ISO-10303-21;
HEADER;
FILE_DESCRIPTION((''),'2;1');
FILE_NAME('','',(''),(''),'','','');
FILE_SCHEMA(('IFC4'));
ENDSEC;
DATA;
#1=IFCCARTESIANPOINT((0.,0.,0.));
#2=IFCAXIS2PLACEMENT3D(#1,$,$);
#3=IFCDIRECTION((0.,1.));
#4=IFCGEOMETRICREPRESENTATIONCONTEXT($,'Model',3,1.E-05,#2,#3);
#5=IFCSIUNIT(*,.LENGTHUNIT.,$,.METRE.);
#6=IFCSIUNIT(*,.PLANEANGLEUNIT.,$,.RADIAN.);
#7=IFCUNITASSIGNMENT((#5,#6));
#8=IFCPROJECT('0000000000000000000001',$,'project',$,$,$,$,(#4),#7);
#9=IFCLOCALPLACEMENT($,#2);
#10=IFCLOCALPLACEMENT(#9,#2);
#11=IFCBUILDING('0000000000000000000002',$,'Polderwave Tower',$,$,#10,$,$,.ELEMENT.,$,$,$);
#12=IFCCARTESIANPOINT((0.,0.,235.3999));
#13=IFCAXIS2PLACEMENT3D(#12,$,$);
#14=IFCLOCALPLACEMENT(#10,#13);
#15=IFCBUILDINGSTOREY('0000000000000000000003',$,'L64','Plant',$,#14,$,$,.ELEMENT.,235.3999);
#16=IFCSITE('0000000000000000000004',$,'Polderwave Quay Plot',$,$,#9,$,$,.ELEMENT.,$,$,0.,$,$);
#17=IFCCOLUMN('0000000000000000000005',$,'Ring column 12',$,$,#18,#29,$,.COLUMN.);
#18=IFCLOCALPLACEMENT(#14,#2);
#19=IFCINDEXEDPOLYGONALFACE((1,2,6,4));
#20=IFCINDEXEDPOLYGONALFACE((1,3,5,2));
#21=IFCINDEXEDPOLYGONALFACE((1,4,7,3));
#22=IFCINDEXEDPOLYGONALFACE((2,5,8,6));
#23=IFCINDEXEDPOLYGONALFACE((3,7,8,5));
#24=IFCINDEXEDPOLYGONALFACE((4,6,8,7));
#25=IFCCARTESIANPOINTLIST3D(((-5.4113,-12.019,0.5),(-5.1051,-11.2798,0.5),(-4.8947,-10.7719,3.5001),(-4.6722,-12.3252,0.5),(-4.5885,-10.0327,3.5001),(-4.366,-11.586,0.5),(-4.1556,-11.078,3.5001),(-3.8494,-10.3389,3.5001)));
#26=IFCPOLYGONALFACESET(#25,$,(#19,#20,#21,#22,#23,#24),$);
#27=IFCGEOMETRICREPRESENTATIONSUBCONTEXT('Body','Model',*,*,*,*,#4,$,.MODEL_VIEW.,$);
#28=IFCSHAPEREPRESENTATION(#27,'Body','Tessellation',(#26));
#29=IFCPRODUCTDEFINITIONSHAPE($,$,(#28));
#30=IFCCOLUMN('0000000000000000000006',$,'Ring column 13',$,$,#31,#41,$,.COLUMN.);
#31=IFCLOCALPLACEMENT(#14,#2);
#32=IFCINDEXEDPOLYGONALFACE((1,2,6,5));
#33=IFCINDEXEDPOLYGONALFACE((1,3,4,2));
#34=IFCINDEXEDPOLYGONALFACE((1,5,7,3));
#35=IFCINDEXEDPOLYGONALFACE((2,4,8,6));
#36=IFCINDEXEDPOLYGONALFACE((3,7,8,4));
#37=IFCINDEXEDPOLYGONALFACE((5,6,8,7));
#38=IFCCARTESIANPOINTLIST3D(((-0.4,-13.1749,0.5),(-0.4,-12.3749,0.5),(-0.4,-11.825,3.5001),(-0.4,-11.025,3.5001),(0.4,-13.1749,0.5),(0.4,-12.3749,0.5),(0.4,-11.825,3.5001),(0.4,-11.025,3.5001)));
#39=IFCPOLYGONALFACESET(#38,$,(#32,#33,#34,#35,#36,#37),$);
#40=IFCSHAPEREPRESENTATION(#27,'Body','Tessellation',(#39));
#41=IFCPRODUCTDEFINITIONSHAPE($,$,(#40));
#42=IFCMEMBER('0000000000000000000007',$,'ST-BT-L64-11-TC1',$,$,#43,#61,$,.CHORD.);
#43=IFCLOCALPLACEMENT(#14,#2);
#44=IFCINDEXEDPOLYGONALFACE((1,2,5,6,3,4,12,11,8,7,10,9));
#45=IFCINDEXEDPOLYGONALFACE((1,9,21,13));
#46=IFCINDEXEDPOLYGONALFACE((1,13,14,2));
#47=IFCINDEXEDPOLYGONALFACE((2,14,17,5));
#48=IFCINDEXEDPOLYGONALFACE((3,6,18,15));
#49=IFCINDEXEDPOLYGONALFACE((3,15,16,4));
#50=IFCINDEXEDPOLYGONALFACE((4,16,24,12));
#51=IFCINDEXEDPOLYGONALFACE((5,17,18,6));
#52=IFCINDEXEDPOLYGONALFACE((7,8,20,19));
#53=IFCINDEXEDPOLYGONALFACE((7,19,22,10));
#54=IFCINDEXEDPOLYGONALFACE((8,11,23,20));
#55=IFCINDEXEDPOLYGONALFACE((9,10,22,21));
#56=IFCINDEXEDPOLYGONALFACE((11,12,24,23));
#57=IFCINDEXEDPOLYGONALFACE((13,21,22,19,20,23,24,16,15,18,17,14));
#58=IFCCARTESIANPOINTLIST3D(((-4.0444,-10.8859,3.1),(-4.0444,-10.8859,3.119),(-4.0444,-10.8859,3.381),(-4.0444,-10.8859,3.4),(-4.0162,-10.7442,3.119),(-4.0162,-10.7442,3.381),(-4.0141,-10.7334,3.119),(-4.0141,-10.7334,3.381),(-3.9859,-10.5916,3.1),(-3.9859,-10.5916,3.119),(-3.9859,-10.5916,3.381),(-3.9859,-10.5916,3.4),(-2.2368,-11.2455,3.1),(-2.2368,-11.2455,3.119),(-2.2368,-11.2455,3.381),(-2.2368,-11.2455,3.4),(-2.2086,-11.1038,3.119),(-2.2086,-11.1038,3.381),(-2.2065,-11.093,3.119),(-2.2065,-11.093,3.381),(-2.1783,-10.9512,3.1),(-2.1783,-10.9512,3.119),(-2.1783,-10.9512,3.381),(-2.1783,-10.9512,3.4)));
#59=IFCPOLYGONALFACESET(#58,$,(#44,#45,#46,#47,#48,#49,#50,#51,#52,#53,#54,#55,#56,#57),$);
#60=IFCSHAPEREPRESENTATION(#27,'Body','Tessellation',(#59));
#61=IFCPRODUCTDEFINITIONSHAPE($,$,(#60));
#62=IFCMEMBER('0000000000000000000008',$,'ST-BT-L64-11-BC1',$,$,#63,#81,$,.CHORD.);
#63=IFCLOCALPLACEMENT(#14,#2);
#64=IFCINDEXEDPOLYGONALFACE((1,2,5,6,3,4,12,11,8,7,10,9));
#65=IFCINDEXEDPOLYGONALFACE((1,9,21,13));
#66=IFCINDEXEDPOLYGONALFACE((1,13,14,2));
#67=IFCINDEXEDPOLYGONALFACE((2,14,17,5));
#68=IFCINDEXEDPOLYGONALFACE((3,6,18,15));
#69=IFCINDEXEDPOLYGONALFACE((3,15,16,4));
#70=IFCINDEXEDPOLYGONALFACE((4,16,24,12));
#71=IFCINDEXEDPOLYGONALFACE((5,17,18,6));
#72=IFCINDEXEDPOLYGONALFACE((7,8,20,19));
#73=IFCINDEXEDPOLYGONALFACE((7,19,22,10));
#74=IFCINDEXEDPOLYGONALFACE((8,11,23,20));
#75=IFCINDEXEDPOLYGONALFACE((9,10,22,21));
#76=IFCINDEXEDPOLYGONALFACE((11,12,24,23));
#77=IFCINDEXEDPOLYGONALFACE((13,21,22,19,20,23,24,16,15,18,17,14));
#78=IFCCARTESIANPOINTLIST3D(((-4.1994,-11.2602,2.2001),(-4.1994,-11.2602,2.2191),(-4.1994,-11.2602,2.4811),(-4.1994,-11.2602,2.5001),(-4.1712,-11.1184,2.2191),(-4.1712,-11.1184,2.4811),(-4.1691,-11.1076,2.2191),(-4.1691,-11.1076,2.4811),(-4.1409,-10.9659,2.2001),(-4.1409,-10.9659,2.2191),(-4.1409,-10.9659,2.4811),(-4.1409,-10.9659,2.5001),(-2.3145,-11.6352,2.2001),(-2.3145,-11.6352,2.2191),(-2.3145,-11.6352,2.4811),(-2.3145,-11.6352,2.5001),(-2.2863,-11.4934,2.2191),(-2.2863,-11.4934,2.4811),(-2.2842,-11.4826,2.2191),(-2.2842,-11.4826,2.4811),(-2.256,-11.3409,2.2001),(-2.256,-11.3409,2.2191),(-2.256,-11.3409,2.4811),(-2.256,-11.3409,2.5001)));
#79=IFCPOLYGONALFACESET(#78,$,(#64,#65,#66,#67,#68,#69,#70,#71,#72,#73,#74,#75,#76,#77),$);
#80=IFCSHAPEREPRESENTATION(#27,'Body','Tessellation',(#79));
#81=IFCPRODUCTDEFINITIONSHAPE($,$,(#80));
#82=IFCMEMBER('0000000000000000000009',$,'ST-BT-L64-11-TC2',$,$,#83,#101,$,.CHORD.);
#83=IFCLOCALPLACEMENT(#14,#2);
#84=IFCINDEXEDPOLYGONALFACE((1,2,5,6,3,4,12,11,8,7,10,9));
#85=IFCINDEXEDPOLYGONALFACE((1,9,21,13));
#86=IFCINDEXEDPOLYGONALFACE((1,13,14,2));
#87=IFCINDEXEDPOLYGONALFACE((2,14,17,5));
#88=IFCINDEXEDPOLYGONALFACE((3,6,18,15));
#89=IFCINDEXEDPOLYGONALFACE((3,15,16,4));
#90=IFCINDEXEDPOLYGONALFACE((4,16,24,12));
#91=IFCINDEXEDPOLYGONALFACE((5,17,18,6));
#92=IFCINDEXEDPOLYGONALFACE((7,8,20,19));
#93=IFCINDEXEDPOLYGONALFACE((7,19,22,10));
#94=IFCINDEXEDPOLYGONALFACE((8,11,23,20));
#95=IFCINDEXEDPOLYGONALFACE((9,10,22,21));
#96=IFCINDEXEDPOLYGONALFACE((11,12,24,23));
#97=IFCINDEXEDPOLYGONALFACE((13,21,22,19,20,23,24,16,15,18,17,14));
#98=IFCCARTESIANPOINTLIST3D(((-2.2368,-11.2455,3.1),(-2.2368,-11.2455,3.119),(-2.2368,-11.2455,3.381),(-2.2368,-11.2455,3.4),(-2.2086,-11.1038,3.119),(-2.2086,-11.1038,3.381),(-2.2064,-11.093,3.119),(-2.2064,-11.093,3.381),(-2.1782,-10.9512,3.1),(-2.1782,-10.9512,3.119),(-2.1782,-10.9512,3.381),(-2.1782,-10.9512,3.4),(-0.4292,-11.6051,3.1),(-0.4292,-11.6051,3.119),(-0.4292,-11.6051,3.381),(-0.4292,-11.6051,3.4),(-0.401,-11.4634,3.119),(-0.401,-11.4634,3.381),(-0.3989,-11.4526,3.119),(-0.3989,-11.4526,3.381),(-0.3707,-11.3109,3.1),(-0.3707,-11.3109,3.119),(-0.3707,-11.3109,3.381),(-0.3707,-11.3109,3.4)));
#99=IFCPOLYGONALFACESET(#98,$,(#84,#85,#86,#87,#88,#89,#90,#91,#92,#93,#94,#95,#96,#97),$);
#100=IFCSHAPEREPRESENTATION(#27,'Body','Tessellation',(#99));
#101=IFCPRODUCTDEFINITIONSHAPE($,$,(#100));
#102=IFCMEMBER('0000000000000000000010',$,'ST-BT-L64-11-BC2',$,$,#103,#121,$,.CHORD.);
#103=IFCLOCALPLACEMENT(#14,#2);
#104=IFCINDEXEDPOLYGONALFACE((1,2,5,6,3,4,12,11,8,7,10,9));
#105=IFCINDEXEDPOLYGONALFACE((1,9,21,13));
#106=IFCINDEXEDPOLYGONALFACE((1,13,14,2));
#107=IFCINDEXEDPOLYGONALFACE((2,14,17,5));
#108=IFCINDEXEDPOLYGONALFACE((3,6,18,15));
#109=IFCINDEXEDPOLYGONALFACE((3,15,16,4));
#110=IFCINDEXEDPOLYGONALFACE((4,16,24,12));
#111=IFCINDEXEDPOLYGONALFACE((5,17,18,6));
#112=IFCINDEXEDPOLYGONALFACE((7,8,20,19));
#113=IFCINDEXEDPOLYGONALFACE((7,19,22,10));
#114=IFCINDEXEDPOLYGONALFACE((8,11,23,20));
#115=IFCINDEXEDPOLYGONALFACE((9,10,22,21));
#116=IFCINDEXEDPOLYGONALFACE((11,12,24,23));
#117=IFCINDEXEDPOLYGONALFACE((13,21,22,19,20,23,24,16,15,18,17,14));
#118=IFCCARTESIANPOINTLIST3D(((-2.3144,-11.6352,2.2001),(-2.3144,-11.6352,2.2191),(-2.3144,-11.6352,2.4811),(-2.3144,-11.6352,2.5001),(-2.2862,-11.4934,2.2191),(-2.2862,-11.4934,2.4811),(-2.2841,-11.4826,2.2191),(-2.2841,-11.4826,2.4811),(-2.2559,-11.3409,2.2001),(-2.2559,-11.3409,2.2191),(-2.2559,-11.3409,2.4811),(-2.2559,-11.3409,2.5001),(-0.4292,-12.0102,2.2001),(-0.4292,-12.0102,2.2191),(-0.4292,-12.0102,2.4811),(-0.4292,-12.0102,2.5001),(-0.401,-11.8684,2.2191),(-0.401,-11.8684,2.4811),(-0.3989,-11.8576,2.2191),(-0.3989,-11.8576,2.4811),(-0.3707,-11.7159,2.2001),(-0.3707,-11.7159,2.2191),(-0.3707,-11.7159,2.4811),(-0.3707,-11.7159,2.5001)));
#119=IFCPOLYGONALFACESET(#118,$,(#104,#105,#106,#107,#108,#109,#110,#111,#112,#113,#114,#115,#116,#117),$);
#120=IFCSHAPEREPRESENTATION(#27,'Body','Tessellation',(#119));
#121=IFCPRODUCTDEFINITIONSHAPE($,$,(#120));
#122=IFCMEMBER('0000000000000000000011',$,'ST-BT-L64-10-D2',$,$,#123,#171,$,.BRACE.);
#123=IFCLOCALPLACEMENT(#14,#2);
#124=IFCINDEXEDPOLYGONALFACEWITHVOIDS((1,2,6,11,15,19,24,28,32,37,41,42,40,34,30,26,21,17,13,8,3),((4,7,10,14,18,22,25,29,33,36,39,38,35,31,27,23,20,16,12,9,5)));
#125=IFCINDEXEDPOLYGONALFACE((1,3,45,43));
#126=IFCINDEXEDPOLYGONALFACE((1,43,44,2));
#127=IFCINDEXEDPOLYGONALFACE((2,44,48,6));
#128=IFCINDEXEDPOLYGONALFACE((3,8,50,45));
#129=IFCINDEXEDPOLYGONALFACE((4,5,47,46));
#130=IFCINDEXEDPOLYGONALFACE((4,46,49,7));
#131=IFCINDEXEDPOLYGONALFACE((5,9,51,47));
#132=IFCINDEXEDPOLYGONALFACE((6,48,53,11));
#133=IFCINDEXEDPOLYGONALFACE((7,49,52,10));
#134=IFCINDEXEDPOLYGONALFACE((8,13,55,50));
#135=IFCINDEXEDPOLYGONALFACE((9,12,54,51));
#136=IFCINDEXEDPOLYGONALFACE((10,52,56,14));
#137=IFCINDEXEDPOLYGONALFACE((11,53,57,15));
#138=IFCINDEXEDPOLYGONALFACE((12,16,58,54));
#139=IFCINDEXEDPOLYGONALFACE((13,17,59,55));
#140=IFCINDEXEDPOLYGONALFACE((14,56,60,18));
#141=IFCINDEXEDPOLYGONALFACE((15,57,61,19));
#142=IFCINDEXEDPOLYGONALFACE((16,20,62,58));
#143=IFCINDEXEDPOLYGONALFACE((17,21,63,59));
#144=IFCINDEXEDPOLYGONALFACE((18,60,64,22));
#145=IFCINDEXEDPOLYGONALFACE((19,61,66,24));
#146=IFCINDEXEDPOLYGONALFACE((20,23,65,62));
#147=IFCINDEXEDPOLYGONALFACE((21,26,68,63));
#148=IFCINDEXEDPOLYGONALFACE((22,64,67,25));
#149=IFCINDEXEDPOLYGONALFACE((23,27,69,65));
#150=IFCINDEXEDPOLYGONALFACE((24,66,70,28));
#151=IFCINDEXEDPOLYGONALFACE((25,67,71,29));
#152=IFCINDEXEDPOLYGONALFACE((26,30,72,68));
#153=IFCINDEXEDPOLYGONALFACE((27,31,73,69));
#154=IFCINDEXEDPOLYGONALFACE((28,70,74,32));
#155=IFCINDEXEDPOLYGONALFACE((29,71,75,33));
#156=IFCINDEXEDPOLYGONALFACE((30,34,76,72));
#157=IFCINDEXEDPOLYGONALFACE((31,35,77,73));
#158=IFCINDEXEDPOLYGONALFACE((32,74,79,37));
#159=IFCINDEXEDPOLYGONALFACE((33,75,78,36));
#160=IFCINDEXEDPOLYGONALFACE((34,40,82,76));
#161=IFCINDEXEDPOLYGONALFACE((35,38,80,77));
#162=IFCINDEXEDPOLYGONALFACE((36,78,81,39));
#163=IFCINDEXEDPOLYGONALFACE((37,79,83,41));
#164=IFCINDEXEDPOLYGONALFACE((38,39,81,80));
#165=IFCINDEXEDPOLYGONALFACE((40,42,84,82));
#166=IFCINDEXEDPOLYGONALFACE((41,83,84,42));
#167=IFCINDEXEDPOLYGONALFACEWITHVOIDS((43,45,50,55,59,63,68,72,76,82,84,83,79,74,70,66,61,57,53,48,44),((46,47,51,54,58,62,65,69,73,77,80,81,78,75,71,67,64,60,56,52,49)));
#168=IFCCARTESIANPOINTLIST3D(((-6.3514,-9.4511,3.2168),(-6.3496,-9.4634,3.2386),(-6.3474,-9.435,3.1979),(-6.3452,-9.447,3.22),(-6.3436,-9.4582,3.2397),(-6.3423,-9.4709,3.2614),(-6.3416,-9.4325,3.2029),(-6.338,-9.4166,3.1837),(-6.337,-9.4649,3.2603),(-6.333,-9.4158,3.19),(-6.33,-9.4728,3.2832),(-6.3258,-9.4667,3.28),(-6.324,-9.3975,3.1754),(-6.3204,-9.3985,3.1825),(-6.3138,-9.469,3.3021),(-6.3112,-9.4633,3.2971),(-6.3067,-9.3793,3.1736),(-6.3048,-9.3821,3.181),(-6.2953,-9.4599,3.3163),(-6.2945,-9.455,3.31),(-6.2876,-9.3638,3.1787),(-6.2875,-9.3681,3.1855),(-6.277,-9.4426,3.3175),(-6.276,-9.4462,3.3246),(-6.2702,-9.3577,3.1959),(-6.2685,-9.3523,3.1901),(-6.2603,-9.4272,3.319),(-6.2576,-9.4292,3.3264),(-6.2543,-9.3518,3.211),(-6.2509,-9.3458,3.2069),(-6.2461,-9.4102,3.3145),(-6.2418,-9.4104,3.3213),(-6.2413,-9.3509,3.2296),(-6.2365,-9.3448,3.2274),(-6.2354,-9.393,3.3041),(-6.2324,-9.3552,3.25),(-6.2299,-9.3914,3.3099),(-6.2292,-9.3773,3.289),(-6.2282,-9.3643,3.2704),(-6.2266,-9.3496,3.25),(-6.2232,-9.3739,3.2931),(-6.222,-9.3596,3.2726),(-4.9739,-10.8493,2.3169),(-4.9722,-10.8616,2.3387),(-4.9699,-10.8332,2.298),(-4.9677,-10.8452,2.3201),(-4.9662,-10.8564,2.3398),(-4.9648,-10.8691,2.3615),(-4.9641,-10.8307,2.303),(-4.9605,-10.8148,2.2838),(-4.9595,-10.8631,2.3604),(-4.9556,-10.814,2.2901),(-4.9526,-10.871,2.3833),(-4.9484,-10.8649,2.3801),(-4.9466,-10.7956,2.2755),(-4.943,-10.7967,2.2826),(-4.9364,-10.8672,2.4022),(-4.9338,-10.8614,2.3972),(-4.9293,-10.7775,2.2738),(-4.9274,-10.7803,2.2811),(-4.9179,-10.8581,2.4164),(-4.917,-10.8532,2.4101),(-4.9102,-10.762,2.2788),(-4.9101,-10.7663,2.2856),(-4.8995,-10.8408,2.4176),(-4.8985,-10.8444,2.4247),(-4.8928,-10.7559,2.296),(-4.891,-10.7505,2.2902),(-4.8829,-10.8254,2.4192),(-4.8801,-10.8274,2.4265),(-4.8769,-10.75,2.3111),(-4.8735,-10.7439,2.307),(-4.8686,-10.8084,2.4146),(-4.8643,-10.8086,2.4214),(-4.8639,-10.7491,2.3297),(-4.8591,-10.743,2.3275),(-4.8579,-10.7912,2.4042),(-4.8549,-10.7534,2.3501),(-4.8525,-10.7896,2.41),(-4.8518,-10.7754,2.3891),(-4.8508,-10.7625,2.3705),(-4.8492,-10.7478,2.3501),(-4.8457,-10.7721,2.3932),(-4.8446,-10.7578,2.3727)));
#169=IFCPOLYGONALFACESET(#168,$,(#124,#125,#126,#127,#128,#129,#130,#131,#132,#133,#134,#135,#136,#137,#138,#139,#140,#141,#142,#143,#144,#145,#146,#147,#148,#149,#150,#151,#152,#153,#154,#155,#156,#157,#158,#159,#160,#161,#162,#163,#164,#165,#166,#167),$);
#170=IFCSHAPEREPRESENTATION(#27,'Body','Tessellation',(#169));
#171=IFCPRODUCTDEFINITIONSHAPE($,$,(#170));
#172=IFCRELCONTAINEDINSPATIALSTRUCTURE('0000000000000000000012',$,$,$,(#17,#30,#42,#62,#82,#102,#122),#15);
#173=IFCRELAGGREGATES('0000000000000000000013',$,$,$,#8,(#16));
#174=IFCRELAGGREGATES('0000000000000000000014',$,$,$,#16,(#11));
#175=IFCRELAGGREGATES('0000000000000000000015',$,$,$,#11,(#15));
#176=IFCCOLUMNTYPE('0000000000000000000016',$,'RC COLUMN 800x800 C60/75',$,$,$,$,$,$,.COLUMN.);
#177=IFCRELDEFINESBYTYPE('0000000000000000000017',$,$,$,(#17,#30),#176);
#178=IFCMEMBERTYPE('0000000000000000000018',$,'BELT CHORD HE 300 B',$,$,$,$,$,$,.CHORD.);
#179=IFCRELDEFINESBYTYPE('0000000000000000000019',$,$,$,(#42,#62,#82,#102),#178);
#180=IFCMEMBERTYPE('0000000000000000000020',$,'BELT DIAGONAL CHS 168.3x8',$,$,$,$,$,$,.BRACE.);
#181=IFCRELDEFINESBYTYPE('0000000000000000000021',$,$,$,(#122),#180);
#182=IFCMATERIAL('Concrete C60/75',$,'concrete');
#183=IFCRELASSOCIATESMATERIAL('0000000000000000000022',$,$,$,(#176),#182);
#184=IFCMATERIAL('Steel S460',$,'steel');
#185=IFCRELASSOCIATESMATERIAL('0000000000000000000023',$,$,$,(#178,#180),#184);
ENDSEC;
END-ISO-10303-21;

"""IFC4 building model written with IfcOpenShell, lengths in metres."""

from ifc_helpers import new_model, si_unit, direction, frame, origin, origin_2d, place, context, subcontext, project, spatial, rectangle, hollow_circle, i_section, extrude, material, material_profile, profile_set, type_object, element, save


model = new_model("IFC4")

# Units and contexts
model_context = context("Model", 3, precision=1e-05, world=origin(), true_north=direction((0.0, 1.0)))
body_context = subcontext(model_context, "Body", "Model", "MODEL_VIEW")
ifc_project = project(units=[si_unit("LENGTHUNIT", "METRE"), si_unit("PLANEANGLEUNIT", "RADIAN")], contexts=[model_context])

# Site, building, storey
site_placement = place(None, origin())
site = spatial("IfcSite", under=ifc_project, at=site_placement, Name="Polderwave Quay Plot", CompositionType="ELEMENT", RefElevation=0.0)
building_placement = place(site_placement, origin())
building = spatial("IfcBuilding", under=site, at=building_placement, Name="Polderwave Tower", CompositionType="ELEMENT")
storey_placement = place(building_placement, frame((0.0, 0.0, 235.3999)))
storey = spatial("IfcBuildingStorey", under=building, at=storey_placement, Name="L64", Description="Plant", CompositionType="ELEMENT", Elevation=235.3999)

# Columns
ifc_material_1 = material(Name="Concrete C60/75", Category="concrete")
ifc_material_profile_1 = material_profile(ifc_material_1, rectangle(XDim=0.8, YDim=0.8, at=origin_2d()), Name="RC 800x800")
ifc_profile_set_1 = profile_set([ifc_material_profile_1], Name="Concrete C60/75")
column_type = type_object("IfcColumnType", Name="RC COLUMN 800x800 C60/75", PredefinedType="COLUMN", material=ifc_profile_set_1)
column_1_placement = place(storey_placement, frame((-4.8887, -11.8025, 0.5), z_axis=(0.0, 0.0, 1.0), x_axis=(-0.923867, 0.382714, 0.0)))
element("IfcColumn", 1, at=column_1_placement, inside=storey, type_object=column_type, Name="Ring column 12", PredefinedType="COLUMN", context=body_context, shape_type="SweptSolid", body=[
    extrude(rectangle(XDim=0.8, YDim=0.8, at=origin_2d()), origin(), (0.0, -0.410324, 0.91194), 3.2898),
])
column_2_placement = place(storey_placement, frame((0.0, -12.7749, 0.5), z_axis=(0.0, 0.0, 1.0), x_axis=(-1.0, 0.0, 0.0)))
element("IfcColumn", 2, at=column_2_placement, inside=storey, type_object=column_type, Name="Ring column 13", PredefinedType="COLUMN", context=body_context, shape_type="SweptSolid", body=[
    extrude(rectangle(XDim=0.8, YDim=0.8, at=origin_2d()), origin(), (0.0, -0.410328, 0.911938), 3.2898),
])

# Members
ifc_material_2 = material(Name="Steel S460", Category="steel")
ifc_material_profile_2 = material_profile(ifc_material_2, i_section(OverallWidth=0.3, OverallDepth=0.3, WebThickness=0.011, FlangeThickness=0.019, at=origin_2d()), Name="HE 300 B")
ifc_profile_set_2 = profile_set([ifc_material_profile_2], Name="Steel S460")
member_type_1 = type_object("IfcMemberType", Name="BELT CHORD HE 300 B", PredefinedType="CHORD", material=ifc_profile_set_2)
member_1_placement = place(storey_placement, frame((-4.0151, -10.7388, 3.25), z_axis=(0.980779, -0.195123, 0.0), x_axis=(0.195123, 0.980779, 0.0)))
element("IfcMember", 3, at=member_1_placement, inside=storey, type_object=member_type_1, Name="ST-BT-L64-11-TC1", PredefinedType="CHORD", context=body_context, shape_type="SweptSolid", body=[
    extrude(i_section(OverallWidth=0.3, OverallDepth=0.3, WebThickness=0.011, FlangeThickness=0.019, at=origin_2d()), origin(), (0.0, 0.0, 1.0), 1.843),
])
member_2_placement = place(storey_placement, frame((-4.1702, -11.113, 2.3501), z_axis=(0.98078, -0.195114, 0.0), x_axis=(0.195114, 0.98078, 0.0)))
element("IfcMember", 4, at=member_2_placement, inside=storey, type_object=member_type_1, Name="ST-BT-L64-11-BC1", PredefinedType="CHORD", context=body_context, shape_type="SweptSolid", body=[
    extrude(i_section(OverallWidth=0.3, OverallDepth=0.3, WebThickness=0.011, FlangeThickness=0.019, at=origin_2d()), origin(), (0.0, 0.0, 1.0), 1.9219),
])
member_3_placement = place(storey_placement, frame((-2.2075, -11.0984, 3.25), z_axis=(0.980779, -0.195123, 0.0), x_axis=(0.195123, 0.980779, 0.0)))
element("IfcMember", 5, at=member_3_placement, inside=storey, type_object=member_type_1, Name="ST-BT-L64-11-TC2", PredefinedType="CHORD", context=body_context, shape_type="SweptSolid", body=[
    extrude(i_section(OverallWidth=0.3, OverallDepth=0.3, WebThickness=0.011, FlangeThickness=0.019, at=origin_2d()), origin(), (0.0, 0.0, 1.0), 1.843),
])
member_4_placement = place(storey_placement, frame((-2.2852, -11.488, 2.3501), z_axis=(0.980785, -0.19509, 0.0), x_axis=(0.19509, 0.980785, 0.0)))
element("IfcMember", 6, at=member_4_placement, inside=storey, type_object=member_type_1, Name="ST-BT-L64-11-BC2", PredefinedType="CHORD", context=body_context, shape_type="SweptSolid", body=[
    extrude(i_section(OverallWidth=0.3, OverallDepth=0.3, WebThickness=0.011, FlangeThickness=0.019, at=origin_2d()), origin(), (0.0, 0.0, 1.0), 1.9221),
])
ifc_material_profile_3 = material_profile(ifc_material_2, hollow_circle(Radius=0.0842, WallThickness=0.0081, at=origin_2d()), Name="CHS 168.3x8")
ifc_profile_set_3 = profile_set([ifc_material_profile_3], Name="Steel S460")
member_type_2 = type_object("IfcMemberType", Name="BELT DIAGONAL CHS 168.3x8", PredefinedType="BRACE", material=ifc_profile_set_3)
for number, where, z_axis, x_axis, name in (
    (7, (-6.2866, -9.4087, 3.25), (0.637943, -0.647554, -0.416777), (0.712374, 0.701801, 0.0), "ST-BT-L64-10-D2"),
):
    element("IfcMember", number, at=place(storey_placement, frame(where, z_axis=z_axis, x_axis=x_axis)), inside=storey, type_object=member_type_2, Name=name, PredefinedType="BRACE", context=body_context, shape_type="SweptSolid", body=[
        extrude(hollow_circle(Radius=0.0842, WallThickness=0.0081, at=origin_2d()), origin(), (0.0, 0.0, 1.0), 2.1592),
    ])

save(model, "model.ifc")
